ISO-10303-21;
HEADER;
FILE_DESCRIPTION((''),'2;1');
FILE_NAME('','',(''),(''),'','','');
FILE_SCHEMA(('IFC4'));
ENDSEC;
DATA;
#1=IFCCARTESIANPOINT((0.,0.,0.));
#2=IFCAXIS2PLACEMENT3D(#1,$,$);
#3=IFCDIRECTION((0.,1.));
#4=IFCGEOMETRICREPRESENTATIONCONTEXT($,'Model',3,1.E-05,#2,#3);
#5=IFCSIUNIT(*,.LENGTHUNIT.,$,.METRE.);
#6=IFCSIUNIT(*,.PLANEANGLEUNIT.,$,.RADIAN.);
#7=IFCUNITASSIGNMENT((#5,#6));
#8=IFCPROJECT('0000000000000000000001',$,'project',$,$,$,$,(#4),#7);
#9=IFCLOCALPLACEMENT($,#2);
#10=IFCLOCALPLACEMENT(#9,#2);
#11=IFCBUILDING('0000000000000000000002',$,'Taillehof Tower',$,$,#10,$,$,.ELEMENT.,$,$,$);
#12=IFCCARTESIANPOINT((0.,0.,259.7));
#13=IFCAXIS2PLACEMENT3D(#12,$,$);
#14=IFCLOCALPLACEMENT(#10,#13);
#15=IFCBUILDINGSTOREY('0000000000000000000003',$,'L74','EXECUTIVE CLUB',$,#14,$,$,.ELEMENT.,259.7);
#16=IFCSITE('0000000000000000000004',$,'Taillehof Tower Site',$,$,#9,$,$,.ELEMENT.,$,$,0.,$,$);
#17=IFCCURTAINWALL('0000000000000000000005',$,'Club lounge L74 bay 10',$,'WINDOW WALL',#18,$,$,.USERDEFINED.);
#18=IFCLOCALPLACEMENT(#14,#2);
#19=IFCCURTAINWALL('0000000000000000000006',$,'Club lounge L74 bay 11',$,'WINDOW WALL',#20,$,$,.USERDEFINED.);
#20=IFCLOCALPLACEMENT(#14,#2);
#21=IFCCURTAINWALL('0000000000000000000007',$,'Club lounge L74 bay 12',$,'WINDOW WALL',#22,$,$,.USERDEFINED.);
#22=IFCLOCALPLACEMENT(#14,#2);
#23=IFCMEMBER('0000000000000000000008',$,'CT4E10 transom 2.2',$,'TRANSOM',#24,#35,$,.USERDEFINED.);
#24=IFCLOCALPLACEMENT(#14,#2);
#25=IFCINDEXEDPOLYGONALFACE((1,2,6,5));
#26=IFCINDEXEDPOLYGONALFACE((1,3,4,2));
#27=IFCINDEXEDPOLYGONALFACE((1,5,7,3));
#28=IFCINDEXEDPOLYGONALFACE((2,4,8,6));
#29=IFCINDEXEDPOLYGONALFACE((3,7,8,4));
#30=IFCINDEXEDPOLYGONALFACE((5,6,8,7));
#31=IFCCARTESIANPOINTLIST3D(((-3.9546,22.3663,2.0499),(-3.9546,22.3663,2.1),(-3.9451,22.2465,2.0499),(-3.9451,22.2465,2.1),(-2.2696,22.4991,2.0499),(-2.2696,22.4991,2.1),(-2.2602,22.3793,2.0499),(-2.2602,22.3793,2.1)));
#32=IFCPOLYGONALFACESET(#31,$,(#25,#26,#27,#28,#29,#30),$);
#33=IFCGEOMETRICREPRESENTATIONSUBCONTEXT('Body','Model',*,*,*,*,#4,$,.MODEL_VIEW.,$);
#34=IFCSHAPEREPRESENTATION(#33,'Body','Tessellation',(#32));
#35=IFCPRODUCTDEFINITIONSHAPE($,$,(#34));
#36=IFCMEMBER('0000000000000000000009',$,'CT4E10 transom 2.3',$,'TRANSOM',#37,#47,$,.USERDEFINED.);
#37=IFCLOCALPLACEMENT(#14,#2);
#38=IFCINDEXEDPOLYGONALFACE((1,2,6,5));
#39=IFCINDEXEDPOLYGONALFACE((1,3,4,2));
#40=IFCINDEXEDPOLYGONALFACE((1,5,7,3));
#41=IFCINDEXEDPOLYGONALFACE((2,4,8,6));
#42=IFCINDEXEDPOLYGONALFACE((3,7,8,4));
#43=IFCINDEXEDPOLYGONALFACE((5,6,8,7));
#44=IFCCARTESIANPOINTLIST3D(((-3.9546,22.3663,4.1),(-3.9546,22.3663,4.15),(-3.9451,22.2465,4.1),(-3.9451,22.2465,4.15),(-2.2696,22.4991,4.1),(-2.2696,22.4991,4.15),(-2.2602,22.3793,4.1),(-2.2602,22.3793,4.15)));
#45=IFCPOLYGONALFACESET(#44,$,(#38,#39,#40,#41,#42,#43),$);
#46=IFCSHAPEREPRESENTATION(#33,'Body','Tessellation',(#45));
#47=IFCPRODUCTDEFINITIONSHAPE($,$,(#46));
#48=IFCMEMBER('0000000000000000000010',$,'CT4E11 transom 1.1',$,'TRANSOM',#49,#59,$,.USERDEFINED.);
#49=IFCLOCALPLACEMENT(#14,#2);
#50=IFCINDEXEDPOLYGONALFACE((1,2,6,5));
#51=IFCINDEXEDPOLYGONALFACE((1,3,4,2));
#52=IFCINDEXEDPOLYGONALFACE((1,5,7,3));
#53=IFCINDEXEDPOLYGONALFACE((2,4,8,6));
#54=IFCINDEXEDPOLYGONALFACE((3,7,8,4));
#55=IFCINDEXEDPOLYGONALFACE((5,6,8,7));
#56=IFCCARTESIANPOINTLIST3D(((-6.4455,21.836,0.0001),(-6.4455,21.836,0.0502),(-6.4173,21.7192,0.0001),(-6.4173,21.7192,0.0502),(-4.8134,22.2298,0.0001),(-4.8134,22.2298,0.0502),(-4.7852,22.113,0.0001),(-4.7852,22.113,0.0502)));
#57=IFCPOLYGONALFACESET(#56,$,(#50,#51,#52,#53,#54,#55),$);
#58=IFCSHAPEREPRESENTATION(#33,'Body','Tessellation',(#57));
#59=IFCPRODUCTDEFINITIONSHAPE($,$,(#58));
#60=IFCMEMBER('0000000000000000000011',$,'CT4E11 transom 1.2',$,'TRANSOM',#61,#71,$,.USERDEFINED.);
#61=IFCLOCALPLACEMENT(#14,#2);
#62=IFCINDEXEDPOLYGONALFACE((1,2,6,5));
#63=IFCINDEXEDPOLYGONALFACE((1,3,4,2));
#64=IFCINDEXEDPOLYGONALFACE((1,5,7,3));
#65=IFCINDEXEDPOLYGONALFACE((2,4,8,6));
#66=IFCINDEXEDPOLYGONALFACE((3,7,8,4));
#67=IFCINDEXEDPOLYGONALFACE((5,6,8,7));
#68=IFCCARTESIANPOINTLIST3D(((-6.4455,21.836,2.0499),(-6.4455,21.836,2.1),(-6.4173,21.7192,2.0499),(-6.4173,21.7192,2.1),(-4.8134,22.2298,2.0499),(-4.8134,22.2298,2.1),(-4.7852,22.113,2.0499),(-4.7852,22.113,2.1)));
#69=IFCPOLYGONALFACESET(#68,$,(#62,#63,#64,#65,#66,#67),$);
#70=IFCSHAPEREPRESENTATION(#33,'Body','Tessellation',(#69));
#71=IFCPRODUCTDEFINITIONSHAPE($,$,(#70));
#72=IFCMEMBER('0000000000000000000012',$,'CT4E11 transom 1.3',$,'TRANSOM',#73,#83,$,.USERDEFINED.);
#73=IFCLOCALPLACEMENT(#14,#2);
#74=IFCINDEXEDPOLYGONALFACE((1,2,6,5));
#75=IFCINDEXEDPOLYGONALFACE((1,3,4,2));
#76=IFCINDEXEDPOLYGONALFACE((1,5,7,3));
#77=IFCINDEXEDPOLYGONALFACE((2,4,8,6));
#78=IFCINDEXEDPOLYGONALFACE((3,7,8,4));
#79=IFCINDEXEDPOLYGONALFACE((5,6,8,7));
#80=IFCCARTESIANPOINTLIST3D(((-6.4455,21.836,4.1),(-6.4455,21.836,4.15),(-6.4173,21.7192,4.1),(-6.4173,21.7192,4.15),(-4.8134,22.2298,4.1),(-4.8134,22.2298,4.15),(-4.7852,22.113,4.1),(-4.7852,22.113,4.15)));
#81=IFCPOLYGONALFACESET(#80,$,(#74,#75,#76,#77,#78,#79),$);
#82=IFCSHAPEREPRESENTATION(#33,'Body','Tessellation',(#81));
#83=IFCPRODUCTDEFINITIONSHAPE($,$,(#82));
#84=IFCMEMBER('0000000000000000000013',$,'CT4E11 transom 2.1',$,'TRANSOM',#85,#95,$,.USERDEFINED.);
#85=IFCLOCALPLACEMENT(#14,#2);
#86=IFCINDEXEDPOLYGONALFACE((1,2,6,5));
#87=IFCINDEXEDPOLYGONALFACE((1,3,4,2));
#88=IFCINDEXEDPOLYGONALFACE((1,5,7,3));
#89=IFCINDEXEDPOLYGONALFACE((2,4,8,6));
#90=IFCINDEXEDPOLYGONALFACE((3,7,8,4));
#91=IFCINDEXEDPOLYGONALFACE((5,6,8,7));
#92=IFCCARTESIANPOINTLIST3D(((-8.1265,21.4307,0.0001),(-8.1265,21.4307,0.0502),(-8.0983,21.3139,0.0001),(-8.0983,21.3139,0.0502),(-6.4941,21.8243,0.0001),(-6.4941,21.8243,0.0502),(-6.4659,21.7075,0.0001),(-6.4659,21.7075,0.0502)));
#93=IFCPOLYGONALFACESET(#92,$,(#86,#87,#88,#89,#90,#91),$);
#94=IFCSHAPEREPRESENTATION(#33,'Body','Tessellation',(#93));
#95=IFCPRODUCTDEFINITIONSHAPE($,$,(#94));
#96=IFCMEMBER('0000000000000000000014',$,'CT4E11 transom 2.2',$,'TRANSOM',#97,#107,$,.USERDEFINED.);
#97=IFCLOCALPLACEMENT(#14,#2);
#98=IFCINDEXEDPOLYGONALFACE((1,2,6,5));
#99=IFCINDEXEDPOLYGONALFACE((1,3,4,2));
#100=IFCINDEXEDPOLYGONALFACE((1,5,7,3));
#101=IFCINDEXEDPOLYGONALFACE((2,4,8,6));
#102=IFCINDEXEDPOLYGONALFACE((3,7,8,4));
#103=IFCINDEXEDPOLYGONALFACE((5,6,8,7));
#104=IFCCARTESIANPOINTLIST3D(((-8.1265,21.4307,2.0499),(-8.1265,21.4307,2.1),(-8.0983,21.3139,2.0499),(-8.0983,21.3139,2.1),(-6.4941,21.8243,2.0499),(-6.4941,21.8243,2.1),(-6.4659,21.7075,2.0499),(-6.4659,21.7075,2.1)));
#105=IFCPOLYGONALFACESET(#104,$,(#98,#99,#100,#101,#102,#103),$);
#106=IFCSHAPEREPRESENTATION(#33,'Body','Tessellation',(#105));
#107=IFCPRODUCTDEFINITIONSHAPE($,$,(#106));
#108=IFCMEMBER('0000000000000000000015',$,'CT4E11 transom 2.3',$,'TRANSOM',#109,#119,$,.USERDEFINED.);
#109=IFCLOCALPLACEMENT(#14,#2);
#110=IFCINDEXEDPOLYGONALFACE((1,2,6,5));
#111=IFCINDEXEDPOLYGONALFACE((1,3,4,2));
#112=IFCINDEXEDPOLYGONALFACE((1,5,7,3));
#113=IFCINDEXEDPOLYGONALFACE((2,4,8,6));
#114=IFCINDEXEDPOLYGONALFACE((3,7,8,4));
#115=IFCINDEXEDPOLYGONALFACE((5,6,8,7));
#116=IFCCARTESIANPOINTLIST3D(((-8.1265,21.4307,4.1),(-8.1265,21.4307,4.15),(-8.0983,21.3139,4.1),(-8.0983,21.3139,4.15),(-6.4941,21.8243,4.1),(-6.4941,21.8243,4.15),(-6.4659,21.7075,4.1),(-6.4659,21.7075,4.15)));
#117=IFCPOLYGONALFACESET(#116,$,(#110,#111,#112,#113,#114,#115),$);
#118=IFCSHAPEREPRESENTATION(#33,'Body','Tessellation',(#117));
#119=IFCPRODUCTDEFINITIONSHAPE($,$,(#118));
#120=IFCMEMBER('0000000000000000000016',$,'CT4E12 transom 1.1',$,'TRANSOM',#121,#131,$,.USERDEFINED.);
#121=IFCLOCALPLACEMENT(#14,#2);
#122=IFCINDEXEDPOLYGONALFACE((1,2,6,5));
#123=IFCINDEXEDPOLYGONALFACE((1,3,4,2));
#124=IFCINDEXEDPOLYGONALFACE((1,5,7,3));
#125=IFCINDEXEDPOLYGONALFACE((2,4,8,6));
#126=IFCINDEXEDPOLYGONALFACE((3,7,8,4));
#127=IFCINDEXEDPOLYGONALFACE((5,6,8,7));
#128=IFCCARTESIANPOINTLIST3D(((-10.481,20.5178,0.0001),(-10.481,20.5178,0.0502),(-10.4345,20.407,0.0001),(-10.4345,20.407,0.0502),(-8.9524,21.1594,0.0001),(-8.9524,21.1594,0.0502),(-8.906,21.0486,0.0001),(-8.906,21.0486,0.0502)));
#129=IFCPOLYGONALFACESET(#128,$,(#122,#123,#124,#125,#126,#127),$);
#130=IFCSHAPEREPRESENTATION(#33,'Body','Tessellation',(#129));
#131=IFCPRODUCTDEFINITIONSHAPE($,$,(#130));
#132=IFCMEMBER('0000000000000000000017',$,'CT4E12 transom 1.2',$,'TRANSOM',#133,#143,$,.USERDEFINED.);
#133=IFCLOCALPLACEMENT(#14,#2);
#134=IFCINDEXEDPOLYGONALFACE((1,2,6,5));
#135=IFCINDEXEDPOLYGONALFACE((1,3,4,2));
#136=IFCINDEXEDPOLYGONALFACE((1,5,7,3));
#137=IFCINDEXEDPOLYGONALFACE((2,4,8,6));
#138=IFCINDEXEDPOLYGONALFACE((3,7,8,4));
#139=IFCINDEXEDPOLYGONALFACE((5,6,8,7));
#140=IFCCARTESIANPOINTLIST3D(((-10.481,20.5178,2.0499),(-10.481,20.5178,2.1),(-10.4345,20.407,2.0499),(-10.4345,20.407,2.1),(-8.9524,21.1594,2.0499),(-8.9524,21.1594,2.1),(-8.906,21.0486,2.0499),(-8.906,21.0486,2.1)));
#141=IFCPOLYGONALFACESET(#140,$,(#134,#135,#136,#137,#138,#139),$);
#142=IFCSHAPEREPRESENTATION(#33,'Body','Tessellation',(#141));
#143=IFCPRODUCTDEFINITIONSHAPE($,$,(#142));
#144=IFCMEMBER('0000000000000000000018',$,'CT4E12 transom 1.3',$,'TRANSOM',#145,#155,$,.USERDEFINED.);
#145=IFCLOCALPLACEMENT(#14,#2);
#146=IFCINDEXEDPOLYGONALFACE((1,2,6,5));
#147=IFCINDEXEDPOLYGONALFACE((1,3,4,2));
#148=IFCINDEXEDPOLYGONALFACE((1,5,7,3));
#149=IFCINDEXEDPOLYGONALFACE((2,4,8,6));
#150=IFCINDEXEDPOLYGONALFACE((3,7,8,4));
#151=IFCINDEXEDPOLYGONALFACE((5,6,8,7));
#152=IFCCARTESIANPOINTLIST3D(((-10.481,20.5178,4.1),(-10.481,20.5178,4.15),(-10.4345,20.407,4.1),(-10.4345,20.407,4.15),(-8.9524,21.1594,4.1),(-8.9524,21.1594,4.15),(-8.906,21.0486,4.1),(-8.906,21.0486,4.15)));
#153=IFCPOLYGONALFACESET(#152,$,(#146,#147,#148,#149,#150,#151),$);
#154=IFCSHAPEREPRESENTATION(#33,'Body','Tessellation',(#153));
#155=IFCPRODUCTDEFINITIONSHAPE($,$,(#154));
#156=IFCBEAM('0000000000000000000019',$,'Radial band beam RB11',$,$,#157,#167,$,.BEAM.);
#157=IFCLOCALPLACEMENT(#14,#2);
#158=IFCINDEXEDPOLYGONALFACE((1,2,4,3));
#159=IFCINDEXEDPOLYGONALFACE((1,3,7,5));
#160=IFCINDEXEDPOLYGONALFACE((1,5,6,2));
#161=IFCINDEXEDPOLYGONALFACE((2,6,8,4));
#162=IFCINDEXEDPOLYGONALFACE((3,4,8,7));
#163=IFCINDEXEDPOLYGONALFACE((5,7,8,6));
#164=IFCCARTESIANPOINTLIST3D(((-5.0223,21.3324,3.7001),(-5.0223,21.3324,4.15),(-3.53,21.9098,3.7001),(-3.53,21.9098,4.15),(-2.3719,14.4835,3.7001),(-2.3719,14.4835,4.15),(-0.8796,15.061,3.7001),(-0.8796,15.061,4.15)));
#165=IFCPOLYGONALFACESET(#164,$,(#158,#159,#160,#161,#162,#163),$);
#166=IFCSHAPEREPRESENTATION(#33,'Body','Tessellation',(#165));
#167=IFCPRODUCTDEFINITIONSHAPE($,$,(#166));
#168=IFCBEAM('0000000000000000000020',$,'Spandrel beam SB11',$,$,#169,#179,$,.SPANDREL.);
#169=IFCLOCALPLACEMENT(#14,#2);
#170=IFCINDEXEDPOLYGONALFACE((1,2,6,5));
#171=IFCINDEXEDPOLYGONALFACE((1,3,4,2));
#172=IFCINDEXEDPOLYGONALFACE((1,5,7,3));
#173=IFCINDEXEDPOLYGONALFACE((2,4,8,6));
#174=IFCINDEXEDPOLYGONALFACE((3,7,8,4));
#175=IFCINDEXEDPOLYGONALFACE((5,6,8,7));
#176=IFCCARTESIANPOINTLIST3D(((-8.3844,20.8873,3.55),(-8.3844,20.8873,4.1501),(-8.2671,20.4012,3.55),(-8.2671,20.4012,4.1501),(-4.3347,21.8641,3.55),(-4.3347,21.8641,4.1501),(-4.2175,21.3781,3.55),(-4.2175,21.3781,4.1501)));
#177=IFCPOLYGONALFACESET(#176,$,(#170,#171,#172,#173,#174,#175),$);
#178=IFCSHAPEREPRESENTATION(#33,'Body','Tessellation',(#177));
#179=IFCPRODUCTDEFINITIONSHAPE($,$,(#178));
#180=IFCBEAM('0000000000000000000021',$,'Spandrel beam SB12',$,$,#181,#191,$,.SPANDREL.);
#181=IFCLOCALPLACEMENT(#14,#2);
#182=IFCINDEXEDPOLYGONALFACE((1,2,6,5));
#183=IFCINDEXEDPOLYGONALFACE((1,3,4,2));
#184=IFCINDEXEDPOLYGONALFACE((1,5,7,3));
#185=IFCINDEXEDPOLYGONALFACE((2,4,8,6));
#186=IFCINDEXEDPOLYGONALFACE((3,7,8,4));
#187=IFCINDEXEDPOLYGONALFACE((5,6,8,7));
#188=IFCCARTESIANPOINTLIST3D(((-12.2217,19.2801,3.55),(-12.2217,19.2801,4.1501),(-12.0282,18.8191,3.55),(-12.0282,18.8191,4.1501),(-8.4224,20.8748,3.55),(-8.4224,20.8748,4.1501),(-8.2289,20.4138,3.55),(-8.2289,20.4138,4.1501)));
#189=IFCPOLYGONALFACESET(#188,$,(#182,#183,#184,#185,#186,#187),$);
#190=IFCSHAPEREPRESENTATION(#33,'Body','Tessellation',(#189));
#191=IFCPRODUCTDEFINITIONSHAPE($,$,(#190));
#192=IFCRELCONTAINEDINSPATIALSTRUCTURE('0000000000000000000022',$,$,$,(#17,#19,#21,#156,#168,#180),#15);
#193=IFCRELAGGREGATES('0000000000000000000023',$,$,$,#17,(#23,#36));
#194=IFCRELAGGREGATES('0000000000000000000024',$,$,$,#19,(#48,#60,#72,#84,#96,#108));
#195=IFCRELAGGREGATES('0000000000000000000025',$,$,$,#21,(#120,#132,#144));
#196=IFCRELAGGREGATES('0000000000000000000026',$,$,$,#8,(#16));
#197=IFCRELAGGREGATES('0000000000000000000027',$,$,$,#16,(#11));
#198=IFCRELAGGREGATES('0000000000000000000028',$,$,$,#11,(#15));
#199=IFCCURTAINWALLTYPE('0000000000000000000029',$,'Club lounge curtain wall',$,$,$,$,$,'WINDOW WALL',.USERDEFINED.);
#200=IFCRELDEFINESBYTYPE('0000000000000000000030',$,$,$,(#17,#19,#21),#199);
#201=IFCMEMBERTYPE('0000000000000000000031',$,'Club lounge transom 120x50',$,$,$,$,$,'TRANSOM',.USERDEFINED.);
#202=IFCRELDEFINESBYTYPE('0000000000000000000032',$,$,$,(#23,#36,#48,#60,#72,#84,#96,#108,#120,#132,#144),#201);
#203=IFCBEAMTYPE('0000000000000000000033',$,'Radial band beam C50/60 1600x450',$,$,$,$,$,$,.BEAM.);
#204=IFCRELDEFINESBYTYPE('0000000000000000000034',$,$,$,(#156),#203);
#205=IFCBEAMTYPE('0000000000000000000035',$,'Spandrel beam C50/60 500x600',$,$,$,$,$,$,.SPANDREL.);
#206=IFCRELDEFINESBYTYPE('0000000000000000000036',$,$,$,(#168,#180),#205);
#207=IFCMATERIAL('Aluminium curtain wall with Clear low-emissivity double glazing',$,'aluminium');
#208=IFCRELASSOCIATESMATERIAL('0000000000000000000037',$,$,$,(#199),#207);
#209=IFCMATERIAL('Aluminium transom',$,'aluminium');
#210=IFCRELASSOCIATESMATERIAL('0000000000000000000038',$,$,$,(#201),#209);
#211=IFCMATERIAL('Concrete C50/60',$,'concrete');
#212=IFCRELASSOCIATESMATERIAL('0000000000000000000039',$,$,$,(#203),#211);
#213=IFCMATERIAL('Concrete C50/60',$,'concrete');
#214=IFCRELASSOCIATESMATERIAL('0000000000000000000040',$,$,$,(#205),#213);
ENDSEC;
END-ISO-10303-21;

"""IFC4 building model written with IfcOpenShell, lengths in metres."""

from ifc_helpers import new_model, si_unit, direction, frame, origin, origin_2d, place, context, subcontext, project, spatial, rectangle, extrude, material, material_profile, profile_set, type_object, element, aggregate, save


model = new_model("IFC4")

# Units and contexts
model_context = context("Model", 3, precision=1e-05, world=origin(), true_north=direction((0.0, 1.0)))
body_context = subcontext(model_context, "Body", "Model", "MODEL_VIEW")
ifc_project = project(units=[si_unit("LENGTHUNIT", "METRE"), si_unit("PLANEANGLEUNIT", "RADIAN")], contexts=[model_context])

# Site, building, storey
site_placement = place(None, origin())
site = spatial("IfcSite", under=ifc_project, at=site_placement, Name="Taillehof Tower Site", CompositionType="ELEMENT", RefElevation=0.0)
building_placement = place(site_placement, origin())
building = spatial("IfcBuilding", under=site, at=building_placement, Name="Taillehof Tower", CompositionType="ELEMENT")
storey_placement = place(building_placement, frame((0.0, 0.0, 259.7)))
storey = spatial("IfcBuildingStorey", under=building, at=storey_placement, Name="L74", Description="EXECUTIVE CLUB", CompositionType="ELEMENT", Elevation=259.7)

# Curtain walls
ifc_material_1 = material(Name="Aluminium curtain wall with Clear low-emissivity double glazing", Category="aluminium")
curtain_wall_type = type_object("IfcCurtainWallType", Name="Club lounge curtain wall", ElementType="WINDOW WALL", PredefinedType="USERDEFINED", material=ifc_material_1)
curtain_wall_1_placement = place(storey_placement, origin())
curtain_wall_1 = element("IfcCurtainWall", 1, at=curtain_wall_1_placement, inside=storey, type_object=curtain_wall_type, Name="Club lounge L74 bay 10", ObjectType="WINDOW WALL", PredefinedType="USERDEFINED")
curtain_wall_2_placement = place(storey_placement, origin())
curtain_wall_2 = element("IfcCurtainWall", 2, at=curtain_wall_2_placement, inside=storey, type_object=curtain_wall_type, Name="Club lounge L74 bay 11", ObjectType="WINDOW WALL", PredefinedType="USERDEFINED")
curtain_wall_3_placement = place(storey_placement, origin())
curtain_wall_3 = element("IfcCurtainWall", 3, at=curtain_wall_3_placement, inside=storey, type_object=curtain_wall_type, Name="Club lounge L74 bay 12", ObjectType="WINDOW WALL", PredefinedType="USERDEFINED")

# Members
ifc_material_2 = material(Name="Aluminium transom", Category="aluminium")
ifc_material_profile_1 = material_profile(ifc_material_2, rectangle(XDim=0.1201, YDim=0.05, at=origin_2d()), Name="AL 120x50")
ifc_profile_set_1 = profile_set([ifc_material_profile_1], Name="Aluminium transom")
member_type_1 = type_object("IfcMemberType", Name="Club lounge transom 120x50", ElementType="TRANSOM", PredefinedType="USERDEFINED", material=ifc_profile_set_1)
member_1_placement = place(storey_placement, frame((-2.2649, 22.4392, 2.075), z_axis=(-0.996908, -0.078574, 0.0), x_axis=(0.078574, -0.996908, 0.0)))
member_1 = element("IfcMember", 4, at=member_1_placement, type_object=member_type_1, Name="CT4E10 transom 2.2", ObjectType="TRANSOM", PredefinedType="USERDEFINED", context=body_context, shape_type="SweptSolid", body=[
    extrude(rectangle(XDim=0.1201, YDim=0.05, at=origin_2d()), origin(), (0.0, 0.0, 1.0), 1.6902),
])
member_2_placement = place(storey_placement, frame((-2.2649, 22.4392, 4.125), z_axis=(-0.996908, -0.078574, 0.0), x_axis=(0.078574, -0.996908, 0.0)))
member_2 = element("IfcMember", 5, at=member_2_placement, type_object=member_type_1, Name="CT4E10 transom 2.3", ObjectType="TRANSOM", PredefinedType="USERDEFINED", context=body_context, shape_type="SweptSolid", body=[
    extrude(rectangle(XDim=0.1201, YDim=0.05, at=origin_2d()), origin(), (0.0, 0.0, 1.0), 1.6902),
])
member_3_placement = place(storey_placement, frame((-4.7993, 22.1714, 0.0251), z_axis=(-0.972103, -0.234555, 0.0), x_axis=(0.234555, -0.972103, 0.0)))
member_3 = element("IfcMember", 6, at=member_3_placement, type_object=member_type_1, Name="CT4E11 transom 1.1", ObjectType="TRANSOM", PredefinedType="USERDEFINED", context=body_context, shape_type="SweptSolid", body=[
    extrude(rectangle(XDim=0.1201, YDim=0.05, at=origin_2d()), origin(), (0.0, 0.0, 1.0), 1.679),
])
member_4_placement = place(storey_placement, frame((-4.7993, 22.1714, 2.075), z_axis=(-0.972103, -0.234555, 0.0), x_axis=(0.234555, -0.972103, 0.0)))
member_4 = element("IfcMember", 7, at=member_4_placement, type_object=member_type_1, Name="CT4E11 transom 1.2", ObjectType="TRANSOM", PredefinedType="USERDEFINED", context=body_context, shape_type="SweptSolid", body=[
    extrude(rectangle(XDim=0.1201, YDim=0.05, at=origin_2d()), origin(), (0.0, 0.0, 1.0), 1.679),
])
member_5_placement = place(storey_placement, frame((-4.7993, 22.1714, 4.125), z_axis=(-0.972103, -0.234555, 0.0), x_axis=(0.234555, -0.972103, 0.0)))
member_5 = element("IfcMember", 8, at=member_5_placement, type_object=member_type_1, Name="CT4E11 transom 1.3", ObjectType="TRANSOM", PredefinedType="USERDEFINED", context=body_context, shape_type="SweptSolid", body=[
    extrude(rectangle(XDim=0.1201, YDim=0.05, at=origin_2d()), origin(), (0.0, 0.0, 1.0), 1.679),
])
member_6_placement = place(storey_placement, frame((-6.48, 21.7659, 0.0251), z_axis=(-0.972144, -0.234385, 0.0), x_axis=(0.234385, -0.972144, 0.0)))
member_6 = element("IfcMember", 9, at=member_6_placement, type_object=member_type_1, Name="CT4E11 transom 2.1", ObjectType="TRANSOM", PredefinedType="USERDEFINED", context=body_context, shape_type="SweptSolid", body=[
    extrude(rectangle(XDim=0.1201, YDim=0.05, at=origin_2d()), origin(), (0.0, 0.0, 1.0), 1.6792),
])
member_7_placement = place(storey_placement, frame((-6.48, 21.7659, 2.075), z_axis=(-0.972144, -0.234385, 0.0), x_axis=(0.234385, -0.972144, 0.0)))
member_7 = element("IfcMember", 10, at=member_7_placement, type_object=member_type_1, Name="CT4E11 transom 2.2", ObjectType="TRANSOM", PredefinedType="USERDEFINED", context=body_context, shape_type="SweptSolid", body=[
    extrude(rectangle(XDim=0.1201, YDim=0.05, at=origin_2d()), origin(), (0.0, 0.0, 1.0), 1.6792),
])
member_8_placement = place(storey_placement, frame((-6.48, 21.7659, 4.125), z_axis=(-0.972144, -0.234385, 0.0), x_axis=(0.234385, -0.972144, 0.0)))
member_8 = element("IfcMember", 11, at=member_8_placement, type_object=member_type_1, Name="CT4E11 transom 2.3", ObjectType="TRANSOM", PredefinedType="USERDEFINED", context=body_context, shape_type="SweptSolid", body=[
    extrude(rectangle(XDim=0.1201, YDim=0.05, at=origin_2d()), origin(), (0.0, 0.0, 1.0), 1.6792),
])
member_9_placement = place(storey_placement, frame((-8.9292, 21.104, 0.0251), z_axis=(-0.922067, -0.38703, 0.0), x_axis=(0.38703, -0.922067, 0.0)))
member_9 = element("IfcMember", 12, at=member_9_placement, type_object=member_type_1, Name="CT4E12 transom 1.1", ObjectType="TRANSOM", PredefinedType="USERDEFINED", context=body_context, shape_type="SweptSolid", body=[
    extrude(rectangle(XDim=0.1201, YDim=0.05, at=origin_2d()), origin(), (0.0, 0.0, 1.0), 1.6577),
])
member_10_placement = place(storey_placement, frame((-8.9292, 21.104, 2.075), z_axis=(-0.922067, -0.38703, 0.0), x_axis=(0.38703, -0.922067, 0.0)))
member_10 = element("IfcMember", 13, at=member_10_placement, type_object=member_type_1, Name="CT4E12 transom 1.2", ObjectType="TRANSOM", PredefinedType="USERDEFINED", context=body_context, shape_type="SweptSolid", body=[
    extrude(rectangle(XDim=0.1201, YDim=0.05, at=origin_2d()), origin(), (0.0, 0.0, 1.0), 1.6577),
])
member_11_placement = place(storey_placement, frame((-8.9292, 21.104, 4.125), z_axis=(-0.922067, -0.38703, 0.0), x_axis=(0.38703, -0.922067, 0.0)))
member_11 = element("IfcMember", 14, at=member_11_placement, type_object=member_type_1, Name="CT4E12 transom 1.3", ObjectType="TRANSOM", PredefinedType="USERDEFINED", context=body_context, shape_type="SweptSolid", body=[
    extrude(rectangle(XDim=0.1201, YDim=0.05, at=origin_2d()), origin(), (0.0, 0.0, 1.0), 1.6577),
])

# Beams
ifc_material_3 = material(Name="Concrete C50/60", Category="concrete")
ifc_material_profile_2 = material_profile(ifc_material_3, rectangle(XDim=1.6001, YDim=0.45, at=origin_2d()), Name="RC 1600x450")
ifc_profile_set_2 = profile_set([ifc_material_profile_2], Name="Concrete C50/60")
beam_type_1 = type_object("IfcBeamType", Name="Radial band beam C50/60 1600x450", PredefinedType="BEAM", material=ifc_profile_set_2)
beam_1_placement = place(storey_placement, frame((-4.2761, 21.6211, 3.925), z_axis=(0.360901, -0.932604, 0.0), x_axis=(0.932604, 0.360901, 0.0)))
element("IfcBeam", 15, at=beam_1_placement, inside=storey, type_object=beam_type_1, Name="Radial band beam RB11", PredefinedType="BEAM", context=body_context, shape_type="SweptSolid", body=[
    extrude(rectangle(XDim=1.6001, YDim=0.45, at=origin_2d()), origin(), (0.0, 0.0, 1.0), 7.3438),
])
ifc_material_4 = material(Name="Concrete C50/60", Category="concrete")
ifc_material_profile_3 = material_profile(ifc_material_4, rectangle(XDim=0.5, YDim=0.6001, at=origin_2d()), Name="RC 500x600")
ifc_profile_set_3 = profile_set([ifc_material_profile_3], Name="Concrete C50/60")
beam_type_2 = type_object("IfcBeamType", Name="Spandrel beam C50/60 500x600", PredefinedType="SPANDREL", material=ifc_profile_set_3)
beam_2_placement = place(storey_placement, frame((-4.2761, 21.6211, 3.8501), z_axis=(-0.972119, -0.234488, 0.0), x_axis=(0.234488, -0.972119, 0.0)))
element("IfcBeam", 16, at=beam_2_placement, inside=storey, type_object=beam_type_2, Name="Spandrel beam SB11", PredefinedType="SPANDREL", context=body_context, shape_type="SweptSolid", body=[
    extrude(rectangle(XDim=0.5, YDim=0.6001, at=origin_2d()), origin(), (0.0, 0.0, 1.0), 4.1658),
])
beam_3_placement = place(storey_placement, frame((-8.3257, 20.6443, 3.8501), z_axis=(-0.922068, -0.387029, 0.0), x_axis=(0.387029, -0.922068, 0.0)))
element("IfcBeam", 17, at=beam_3_placement, inside=storey, type_object=beam_type_2, Name="Spandrel beam SB12", PredefinedType="SPANDREL", context=body_context, shape_type="SweptSolid", body=[
    extrude(rectangle(XDim=0.5, YDim=0.6001, at=origin_2d()), origin(), (0.0, 0.0, 1.0), 4.1204),
])

aggregate(curtain_wall_1, [member_1, member_2])
aggregate(curtain_wall_2, [member_3, member_4, member_5, member_6, member_7, member_8])
aggregate(curtain_wall_3, [member_9, member_10, member_11])

save(model, "model.ifc")
